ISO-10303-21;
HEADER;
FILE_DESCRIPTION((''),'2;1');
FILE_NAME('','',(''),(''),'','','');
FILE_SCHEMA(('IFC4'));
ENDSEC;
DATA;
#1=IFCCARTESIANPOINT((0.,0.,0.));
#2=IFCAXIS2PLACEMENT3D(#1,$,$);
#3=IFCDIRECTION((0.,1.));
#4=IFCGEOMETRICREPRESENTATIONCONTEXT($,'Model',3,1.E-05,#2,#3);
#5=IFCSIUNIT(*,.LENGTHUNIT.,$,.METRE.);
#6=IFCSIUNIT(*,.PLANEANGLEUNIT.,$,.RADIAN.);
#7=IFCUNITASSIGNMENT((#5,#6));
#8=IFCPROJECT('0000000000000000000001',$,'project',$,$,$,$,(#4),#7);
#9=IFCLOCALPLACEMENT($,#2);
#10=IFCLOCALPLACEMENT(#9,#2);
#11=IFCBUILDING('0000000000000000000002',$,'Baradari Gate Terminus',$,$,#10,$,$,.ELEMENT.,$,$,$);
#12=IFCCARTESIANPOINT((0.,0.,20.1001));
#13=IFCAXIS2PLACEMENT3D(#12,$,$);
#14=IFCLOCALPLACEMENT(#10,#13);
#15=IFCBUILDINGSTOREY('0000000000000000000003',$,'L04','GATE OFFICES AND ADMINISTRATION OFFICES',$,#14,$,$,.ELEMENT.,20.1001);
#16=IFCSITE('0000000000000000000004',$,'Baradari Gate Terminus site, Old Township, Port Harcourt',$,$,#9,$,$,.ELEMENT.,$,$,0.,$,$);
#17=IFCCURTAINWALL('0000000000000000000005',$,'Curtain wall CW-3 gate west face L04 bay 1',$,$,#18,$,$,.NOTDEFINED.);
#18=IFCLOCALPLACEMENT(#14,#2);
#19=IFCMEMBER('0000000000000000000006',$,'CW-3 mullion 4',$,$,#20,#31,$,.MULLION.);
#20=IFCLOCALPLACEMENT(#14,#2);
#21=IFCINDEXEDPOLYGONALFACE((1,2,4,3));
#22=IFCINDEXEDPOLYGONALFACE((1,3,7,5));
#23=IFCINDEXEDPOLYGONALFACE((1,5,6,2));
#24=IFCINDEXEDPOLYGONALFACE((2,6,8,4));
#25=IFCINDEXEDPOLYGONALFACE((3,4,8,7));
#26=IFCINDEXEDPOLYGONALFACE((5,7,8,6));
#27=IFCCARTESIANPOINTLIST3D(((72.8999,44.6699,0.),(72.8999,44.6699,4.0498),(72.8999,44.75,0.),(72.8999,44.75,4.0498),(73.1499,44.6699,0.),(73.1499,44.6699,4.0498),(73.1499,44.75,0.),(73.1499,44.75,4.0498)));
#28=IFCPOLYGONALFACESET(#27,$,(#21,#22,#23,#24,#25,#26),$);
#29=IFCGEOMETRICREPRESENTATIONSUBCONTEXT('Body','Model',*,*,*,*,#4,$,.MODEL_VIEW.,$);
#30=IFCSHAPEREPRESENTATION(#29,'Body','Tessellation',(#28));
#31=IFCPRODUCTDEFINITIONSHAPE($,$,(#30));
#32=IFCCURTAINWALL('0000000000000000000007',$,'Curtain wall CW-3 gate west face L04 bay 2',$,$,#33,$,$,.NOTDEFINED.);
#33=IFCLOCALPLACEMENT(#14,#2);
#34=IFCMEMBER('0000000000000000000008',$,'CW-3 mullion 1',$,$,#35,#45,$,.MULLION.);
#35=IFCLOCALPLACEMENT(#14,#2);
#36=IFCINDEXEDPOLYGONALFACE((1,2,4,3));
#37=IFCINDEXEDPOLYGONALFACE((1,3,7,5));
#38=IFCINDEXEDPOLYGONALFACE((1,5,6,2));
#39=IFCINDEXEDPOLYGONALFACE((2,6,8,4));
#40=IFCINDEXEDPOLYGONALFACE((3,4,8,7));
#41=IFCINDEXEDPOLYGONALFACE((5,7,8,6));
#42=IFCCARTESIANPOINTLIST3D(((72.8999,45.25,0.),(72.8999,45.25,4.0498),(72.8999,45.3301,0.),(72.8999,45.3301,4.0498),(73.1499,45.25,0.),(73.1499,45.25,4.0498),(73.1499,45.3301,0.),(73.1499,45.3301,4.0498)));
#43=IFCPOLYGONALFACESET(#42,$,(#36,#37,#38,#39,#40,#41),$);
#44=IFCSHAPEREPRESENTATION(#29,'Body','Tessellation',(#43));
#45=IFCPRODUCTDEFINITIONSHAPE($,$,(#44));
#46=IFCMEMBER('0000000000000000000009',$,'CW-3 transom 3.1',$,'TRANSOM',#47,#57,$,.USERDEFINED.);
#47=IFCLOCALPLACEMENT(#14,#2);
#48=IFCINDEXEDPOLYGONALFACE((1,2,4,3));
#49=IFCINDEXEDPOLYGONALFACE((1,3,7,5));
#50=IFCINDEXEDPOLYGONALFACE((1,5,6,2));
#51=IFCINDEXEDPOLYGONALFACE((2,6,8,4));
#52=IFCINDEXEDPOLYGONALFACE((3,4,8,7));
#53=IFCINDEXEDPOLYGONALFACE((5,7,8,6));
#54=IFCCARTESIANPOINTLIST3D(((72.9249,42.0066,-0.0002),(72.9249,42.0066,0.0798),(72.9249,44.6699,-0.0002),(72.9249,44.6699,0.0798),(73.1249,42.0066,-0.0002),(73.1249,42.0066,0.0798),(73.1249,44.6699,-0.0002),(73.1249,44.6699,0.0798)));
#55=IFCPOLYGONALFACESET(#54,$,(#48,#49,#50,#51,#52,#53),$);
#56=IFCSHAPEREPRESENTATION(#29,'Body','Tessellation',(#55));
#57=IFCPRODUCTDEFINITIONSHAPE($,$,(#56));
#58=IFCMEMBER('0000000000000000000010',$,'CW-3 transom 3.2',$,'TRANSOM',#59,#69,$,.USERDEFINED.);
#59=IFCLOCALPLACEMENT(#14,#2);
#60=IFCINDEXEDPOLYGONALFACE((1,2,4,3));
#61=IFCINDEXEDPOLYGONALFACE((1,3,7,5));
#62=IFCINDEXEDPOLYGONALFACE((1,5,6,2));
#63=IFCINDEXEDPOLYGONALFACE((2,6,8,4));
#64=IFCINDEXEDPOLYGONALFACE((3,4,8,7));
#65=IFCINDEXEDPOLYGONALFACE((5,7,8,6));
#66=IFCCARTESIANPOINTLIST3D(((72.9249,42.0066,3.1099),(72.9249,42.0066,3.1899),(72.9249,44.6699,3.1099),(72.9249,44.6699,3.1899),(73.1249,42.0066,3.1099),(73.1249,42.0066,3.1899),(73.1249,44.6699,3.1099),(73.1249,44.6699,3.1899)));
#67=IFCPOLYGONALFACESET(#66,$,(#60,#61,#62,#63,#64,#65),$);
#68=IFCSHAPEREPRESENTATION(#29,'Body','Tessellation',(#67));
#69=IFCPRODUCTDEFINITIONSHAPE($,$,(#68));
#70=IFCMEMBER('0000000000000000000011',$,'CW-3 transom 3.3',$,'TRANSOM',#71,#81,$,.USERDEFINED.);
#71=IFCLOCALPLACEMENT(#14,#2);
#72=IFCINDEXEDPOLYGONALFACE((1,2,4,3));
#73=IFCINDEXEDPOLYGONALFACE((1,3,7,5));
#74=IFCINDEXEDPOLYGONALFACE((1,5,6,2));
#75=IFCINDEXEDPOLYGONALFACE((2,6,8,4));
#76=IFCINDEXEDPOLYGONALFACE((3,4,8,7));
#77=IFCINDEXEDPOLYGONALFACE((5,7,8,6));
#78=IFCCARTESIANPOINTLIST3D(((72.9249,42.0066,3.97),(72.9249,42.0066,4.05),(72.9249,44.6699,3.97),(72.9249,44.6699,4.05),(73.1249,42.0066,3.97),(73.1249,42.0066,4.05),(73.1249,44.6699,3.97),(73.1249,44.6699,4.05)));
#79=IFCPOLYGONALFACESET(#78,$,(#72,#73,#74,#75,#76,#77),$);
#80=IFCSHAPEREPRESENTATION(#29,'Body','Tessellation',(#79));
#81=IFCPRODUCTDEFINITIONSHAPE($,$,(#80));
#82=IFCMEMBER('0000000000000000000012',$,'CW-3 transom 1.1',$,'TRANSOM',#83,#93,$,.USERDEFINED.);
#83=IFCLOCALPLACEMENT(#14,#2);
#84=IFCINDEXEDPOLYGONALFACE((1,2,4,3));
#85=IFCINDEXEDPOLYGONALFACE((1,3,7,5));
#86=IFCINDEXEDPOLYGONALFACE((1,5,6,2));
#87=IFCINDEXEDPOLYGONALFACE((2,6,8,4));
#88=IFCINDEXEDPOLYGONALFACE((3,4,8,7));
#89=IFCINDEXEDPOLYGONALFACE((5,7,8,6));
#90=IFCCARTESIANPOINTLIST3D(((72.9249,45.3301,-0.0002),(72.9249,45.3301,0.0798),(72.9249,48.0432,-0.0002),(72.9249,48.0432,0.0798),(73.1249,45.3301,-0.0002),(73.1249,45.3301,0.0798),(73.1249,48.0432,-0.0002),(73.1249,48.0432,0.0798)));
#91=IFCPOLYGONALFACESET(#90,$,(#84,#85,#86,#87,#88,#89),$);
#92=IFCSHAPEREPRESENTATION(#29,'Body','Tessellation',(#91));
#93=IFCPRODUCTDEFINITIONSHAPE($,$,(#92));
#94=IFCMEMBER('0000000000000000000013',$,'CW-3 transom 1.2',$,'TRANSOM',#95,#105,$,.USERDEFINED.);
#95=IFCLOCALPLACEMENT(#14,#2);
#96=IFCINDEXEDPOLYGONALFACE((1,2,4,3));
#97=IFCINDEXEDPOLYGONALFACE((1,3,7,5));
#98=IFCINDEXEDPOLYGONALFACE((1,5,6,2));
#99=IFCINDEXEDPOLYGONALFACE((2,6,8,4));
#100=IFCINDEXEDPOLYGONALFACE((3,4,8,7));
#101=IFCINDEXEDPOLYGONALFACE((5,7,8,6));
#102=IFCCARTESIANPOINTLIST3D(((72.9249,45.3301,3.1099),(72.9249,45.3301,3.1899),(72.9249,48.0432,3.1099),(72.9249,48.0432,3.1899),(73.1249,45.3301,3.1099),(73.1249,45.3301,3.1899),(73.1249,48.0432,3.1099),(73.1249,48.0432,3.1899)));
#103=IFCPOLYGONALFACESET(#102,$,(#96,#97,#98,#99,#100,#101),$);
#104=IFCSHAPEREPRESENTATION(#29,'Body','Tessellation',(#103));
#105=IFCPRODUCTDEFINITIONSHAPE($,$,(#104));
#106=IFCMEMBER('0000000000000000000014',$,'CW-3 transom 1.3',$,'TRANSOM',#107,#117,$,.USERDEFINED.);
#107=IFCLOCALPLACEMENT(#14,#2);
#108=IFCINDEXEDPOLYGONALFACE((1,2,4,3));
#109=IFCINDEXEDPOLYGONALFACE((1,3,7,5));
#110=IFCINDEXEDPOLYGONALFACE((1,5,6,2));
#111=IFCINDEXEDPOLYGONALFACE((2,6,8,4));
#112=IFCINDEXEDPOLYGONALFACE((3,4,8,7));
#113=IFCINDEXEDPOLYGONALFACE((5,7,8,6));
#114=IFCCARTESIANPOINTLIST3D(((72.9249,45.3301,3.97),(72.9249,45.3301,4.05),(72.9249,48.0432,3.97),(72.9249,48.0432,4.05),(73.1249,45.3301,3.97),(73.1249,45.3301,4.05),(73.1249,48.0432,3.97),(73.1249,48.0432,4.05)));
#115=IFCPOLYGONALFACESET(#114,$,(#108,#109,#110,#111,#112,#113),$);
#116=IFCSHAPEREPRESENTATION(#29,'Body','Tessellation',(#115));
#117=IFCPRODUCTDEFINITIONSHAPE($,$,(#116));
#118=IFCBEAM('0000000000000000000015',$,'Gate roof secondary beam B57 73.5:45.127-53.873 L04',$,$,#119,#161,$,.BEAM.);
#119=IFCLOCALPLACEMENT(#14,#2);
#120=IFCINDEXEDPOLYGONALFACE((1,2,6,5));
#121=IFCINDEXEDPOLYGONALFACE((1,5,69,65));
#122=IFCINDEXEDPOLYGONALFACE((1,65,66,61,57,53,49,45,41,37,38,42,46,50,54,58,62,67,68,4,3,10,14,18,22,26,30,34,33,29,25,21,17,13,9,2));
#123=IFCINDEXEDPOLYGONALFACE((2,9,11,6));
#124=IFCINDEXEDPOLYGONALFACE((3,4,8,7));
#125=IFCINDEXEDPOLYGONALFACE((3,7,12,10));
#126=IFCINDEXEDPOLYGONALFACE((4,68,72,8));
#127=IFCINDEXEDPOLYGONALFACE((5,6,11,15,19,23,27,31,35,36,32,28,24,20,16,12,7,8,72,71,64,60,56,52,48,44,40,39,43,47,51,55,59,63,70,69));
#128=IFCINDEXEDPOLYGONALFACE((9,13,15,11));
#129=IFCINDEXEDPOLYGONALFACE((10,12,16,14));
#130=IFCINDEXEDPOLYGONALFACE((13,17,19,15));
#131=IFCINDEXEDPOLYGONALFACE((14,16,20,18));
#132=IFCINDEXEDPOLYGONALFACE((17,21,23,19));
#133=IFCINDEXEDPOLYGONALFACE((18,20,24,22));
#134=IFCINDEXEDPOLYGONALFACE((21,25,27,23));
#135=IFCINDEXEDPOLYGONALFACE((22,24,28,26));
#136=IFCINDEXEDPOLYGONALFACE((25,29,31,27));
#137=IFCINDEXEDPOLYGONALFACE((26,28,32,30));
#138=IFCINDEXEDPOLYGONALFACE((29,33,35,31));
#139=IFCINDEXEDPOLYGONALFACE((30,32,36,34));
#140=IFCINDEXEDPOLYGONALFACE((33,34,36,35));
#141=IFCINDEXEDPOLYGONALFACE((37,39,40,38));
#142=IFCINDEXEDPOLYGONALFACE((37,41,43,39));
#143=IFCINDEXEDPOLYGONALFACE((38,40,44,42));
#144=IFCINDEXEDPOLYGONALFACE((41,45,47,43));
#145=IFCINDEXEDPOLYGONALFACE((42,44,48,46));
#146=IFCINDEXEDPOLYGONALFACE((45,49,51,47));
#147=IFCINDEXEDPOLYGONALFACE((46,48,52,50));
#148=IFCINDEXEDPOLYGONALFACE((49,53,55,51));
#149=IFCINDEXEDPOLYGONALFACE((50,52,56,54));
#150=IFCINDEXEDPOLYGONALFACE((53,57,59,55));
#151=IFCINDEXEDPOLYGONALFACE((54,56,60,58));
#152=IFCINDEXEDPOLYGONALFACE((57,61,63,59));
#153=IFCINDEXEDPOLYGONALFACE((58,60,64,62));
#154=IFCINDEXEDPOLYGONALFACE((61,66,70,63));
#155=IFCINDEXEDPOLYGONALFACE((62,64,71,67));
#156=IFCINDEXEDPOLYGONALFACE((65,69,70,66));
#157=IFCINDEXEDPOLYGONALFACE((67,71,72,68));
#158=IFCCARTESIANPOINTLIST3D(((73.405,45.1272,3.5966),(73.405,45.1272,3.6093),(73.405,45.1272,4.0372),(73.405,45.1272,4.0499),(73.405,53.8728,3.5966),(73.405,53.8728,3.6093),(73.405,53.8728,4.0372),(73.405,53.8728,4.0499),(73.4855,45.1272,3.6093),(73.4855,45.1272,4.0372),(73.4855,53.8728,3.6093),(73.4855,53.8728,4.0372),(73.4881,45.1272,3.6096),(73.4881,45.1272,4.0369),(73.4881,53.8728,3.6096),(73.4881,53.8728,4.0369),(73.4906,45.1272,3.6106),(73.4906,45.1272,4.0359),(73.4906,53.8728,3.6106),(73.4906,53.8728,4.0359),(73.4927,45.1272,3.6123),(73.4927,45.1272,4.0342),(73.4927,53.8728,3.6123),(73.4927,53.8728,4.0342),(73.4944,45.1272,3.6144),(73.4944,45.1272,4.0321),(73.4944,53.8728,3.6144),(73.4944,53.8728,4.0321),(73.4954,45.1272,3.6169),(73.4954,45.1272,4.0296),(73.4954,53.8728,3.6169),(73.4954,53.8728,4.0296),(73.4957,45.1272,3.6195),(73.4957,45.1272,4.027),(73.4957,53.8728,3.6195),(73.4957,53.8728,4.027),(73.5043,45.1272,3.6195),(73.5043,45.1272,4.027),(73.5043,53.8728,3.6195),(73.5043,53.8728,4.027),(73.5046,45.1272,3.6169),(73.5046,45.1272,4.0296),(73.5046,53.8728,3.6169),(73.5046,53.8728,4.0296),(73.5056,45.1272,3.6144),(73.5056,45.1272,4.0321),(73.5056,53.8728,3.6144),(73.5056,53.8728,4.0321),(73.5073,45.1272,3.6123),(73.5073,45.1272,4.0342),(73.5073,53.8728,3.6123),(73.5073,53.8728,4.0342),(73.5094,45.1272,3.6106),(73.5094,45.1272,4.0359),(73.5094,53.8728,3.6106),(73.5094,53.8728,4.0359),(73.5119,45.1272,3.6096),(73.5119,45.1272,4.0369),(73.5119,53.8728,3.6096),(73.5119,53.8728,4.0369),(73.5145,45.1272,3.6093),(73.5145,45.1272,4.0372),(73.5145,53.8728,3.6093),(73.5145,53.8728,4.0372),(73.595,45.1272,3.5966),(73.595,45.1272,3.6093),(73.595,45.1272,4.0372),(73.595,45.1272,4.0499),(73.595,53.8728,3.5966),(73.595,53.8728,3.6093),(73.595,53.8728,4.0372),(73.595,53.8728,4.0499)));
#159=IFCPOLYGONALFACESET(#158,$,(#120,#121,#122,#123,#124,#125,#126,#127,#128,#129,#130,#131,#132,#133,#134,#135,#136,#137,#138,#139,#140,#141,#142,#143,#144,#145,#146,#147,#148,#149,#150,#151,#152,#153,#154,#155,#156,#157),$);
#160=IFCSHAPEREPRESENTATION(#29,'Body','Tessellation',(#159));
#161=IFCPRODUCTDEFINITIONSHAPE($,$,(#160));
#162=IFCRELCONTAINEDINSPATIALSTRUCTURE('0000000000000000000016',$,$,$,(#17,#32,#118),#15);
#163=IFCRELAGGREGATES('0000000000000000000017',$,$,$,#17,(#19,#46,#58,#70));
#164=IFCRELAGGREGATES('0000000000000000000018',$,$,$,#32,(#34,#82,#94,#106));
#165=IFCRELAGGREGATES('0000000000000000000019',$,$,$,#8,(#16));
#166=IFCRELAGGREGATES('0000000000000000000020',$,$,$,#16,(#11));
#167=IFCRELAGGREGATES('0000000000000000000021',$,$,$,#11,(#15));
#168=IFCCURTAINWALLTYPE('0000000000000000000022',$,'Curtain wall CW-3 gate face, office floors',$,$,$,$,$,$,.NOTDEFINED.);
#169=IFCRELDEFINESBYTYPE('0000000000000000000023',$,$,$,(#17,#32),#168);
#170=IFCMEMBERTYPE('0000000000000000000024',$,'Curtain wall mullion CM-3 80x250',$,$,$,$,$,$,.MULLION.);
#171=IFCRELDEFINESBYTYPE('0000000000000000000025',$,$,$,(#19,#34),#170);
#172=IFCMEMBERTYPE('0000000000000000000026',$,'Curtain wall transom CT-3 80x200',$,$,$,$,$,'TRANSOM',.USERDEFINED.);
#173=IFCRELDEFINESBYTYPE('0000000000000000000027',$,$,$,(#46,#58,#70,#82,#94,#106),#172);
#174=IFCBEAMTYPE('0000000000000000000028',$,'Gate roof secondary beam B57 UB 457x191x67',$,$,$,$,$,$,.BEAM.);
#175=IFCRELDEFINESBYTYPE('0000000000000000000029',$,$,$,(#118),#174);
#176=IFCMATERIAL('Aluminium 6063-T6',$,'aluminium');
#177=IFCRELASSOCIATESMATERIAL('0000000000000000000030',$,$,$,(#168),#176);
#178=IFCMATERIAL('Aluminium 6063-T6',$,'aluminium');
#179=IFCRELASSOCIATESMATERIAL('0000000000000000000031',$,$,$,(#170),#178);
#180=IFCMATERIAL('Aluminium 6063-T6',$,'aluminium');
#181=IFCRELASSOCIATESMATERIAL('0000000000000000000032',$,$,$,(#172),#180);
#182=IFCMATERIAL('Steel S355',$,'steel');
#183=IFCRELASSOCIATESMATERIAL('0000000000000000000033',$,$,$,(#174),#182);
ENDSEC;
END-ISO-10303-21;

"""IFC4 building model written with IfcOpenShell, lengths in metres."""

from ifc_helpers import new_model, si_unit, direction, frame, origin, origin_2d, place, context, subcontext, project, spatial, rectangle, i_section, extrude, material, material_profile, profile_set, type_object, element, aggregate, save


model = new_model("IFC4")

# Units and contexts
model_context = context("Model", 3, precision=1e-05, world=origin(), true_north=direction((0.0, 1.0)))
body_context = subcontext(model_context, "Body", "Model", "MODEL_VIEW")
ifc_project = project(units=[si_unit("LENGTHUNIT", "METRE"), si_unit("PLANEANGLEUNIT", "RADIAN")], contexts=[model_context])

# Site, building, storey
site_placement = place(None, origin())
site = spatial("IfcSite", under=ifc_project, at=site_placement, Name="Baradari Gate Terminus site, Old Township, Port Harcourt", CompositionType="ELEMENT", RefElevation=0.0)
building_placement = place(site_placement, origin())
building = spatial("IfcBuilding", under=site, at=building_placement, Name="Baradari Gate Terminus", CompositionType="ELEMENT")
storey_placement = place(building_placement, frame((0.0, 0.0, 20.1001)))
storey = spatial("IfcBuildingStorey", under=building, at=storey_placement, Name="L04", Description="GATE OFFICES AND ADMINISTRATION OFFICES", CompositionType="ELEMENT", Elevation=20.1001)

# Curtain walls, members
ifc_material_1 = material(Name="Aluminium 6063-T6", Category="aluminium")
curtain_wall_type = type_object("IfcCurtainWallType", Name="Curtain wall CW-3 gate face, office floors", PredefinedType="NOTDEFINED", material=ifc_material_1)
curtain_wall_1_placement = place(storey_placement, origin())
curtain_wall_1 = element("IfcCurtainWall", 1, at=curtain_wall_1_placement, inside=storey, type_object=curtain_wall_type, Name="Curtain wall CW-3 gate west face L04 bay 1", PredefinedType="NOTDEFINED")
ifc_material_2 = material(Name="Aluminium 6063-T6", Category="aluminium")
ifc_material_profile_1 = material_profile(ifc_material_2, rectangle(XDim=0.25, YDim=0.0801, at=origin_2d()), Name="CM-3 80X250")
ifc_profile_set_1 = profile_set([ifc_material_profile_1], Name="Aluminium 6063-T6")
member_type_1 = type_object("IfcMemberType", Name="Curtain wall mullion CM-3 80x250", PredefinedType="MULLION", material=ifc_profile_set_1)
member_1_placement = place(storey_placement, frame((73.0249, 44.71, 0.0), z_axis=(0.0, 0.0, 1.0), x_axis=(-1.0, 0.0, 0.0)))
member_1 = element("IfcMember", 2, at=member_1_placement, type_object=member_type_1, Name="CW-3 mullion 4", PredefinedType="MULLION", context=body_context, shape_type="SweptSolid", body=[
    extrude(rectangle(XDim=0.25, YDim=0.0801, at=origin_2d()), origin(), (0.0, 0.0, 1.0), 4.0498),
])
curtain_wall_2_placement = place(storey_placement, origin())
curtain_wall_2 = element("IfcCurtainWall", 3, at=curtain_wall_2_placement, inside=storey, type_object=curtain_wall_type, Name="Curtain wall CW-3 gate west face L04 bay 2", PredefinedType="NOTDEFINED")
member_2_placement = place(storey_placement, frame((73.0249, 45.29, 0.0), z_axis=(0.0, 0.0, 1.0), x_axis=(-1.0, 0.0, 0.0)))
member_2 = element("IfcMember", 4, at=member_2_placement, type_object=member_type_1, Name="CW-3 mullion 1", PredefinedType="MULLION", context=body_context, shape_type="SweptSolid", body=[
    extrude(rectangle(XDim=0.25, YDim=0.0801, at=origin_2d()), origin(), (0.0, 0.0, 1.0), 4.0498),
])

# Members
ifc_material_3 = material(Name="Aluminium 6063-T6", Category="aluminium")
ifc_material_profile_2 = material_profile(ifc_material_3, rectangle(XDim=0.2, YDim=0.0801, at=origin_2d()), Name="CT-3 80X200")
ifc_profile_set_2 = profile_set([ifc_material_profile_2], Name="Aluminium 6063-T6")
member_type_2 = type_object("IfcMemberType", Name="Curtain wall transom CT-3 80x200", ElementType="TRANSOM", PredefinedType="USERDEFINED", material=ifc_profile_set_2)
member_3_placement = place(storey_placement, frame((73.0249, 42.0066, 0.0398), z_axis=(0.0, 1.0, 0.0), x_axis=(-1.0, 0.0, 0.0)))
member_3 = element("IfcMember", 5, at=member_3_placement, type_object=member_type_2, Name="CW-3 transom 3.1", ObjectType="TRANSOM", PredefinedType="USERDEFINED", context=body_context, shape_type="SweptSolid", body=[
    extrude(rectangle(XDim=0.2, YDim=0.0801, at=origin_2d()), origin(), (0.0, 0.0, 1.0), 2.6633),
])
member_4_placement = place(storey_placement, frame((73.0249, 42.0066, 3.1499), z_axis=(0.0, 1.0, 0.0), x_axis=(-1.0, 0.0, 0.0)))
member_4 = element("IfcMember", 6, at=member_4_placement, type_object=member_type_2, Name="CW-3 transom 3.2", ObjectType="TRANSOM", PredefinedType="USERDEFINED", context=body_context, shape_type="SweptSolid", body=[
    extrude(rectangle(XDim=0.2, YDim=0.0801, at=origin_2d()), origin(), (0.0, 0.0, 1.0), 2.6633),
])
member_5_placement = place(storey_placement, frame((73.0249, 42.0066, 4.01), z_axis=(0.0, 1.0, 0.0), x_axis=(-1.0, 0.0, 0.0)))
member_5 = element("IfcMember", 7, at=member_5_placement, type_object=member_type_2, Name="CW-3 transom 3.3", ObjectType="TRANSOM", PredefinedType="USERDEFINED", context=body_context, shape_type="SweptSolid", body=[
    extrude(rectangle(XDim=0.2, YDim=0.0801, at=origin_2d()), origin(), (0.0, 0.0, 1.0), 2.6633),
])
member_6_placement = place(storey_placement, frame((73.0249, 45.3301, 0.0398), z_axis=(0.0, 1.0, 0.0), x_axis=(-1.0, 0.0, 0.0)))
member_6 = element("IfcMember", 8, at=member_6_placement, type_object=member_type_2, Name="CW-3 transom 1.1", ObjectType="TRANSOM", PredefinedType="USERDEFINED", context=body_context, shape_type="SweptSolid", body=[
    extrude(rectangle(XDim=0.2, YDim=0.0801, at=origin_2d()), origin(), (0.0, 0.0, 1.0), 2.7131),
])
member_7_placement = place(storey_placement, frame((73.0249, 45.3301, 3.1499), z_axis=(0.0, 1.0, 0.0), x_axis=(-1.0, 0.0, 0.0)))
member_7 = element("IfcMember", 9, at=member_7_placement, type_object=member_type_2, Name="CW-3 transom 1.2", ObjectType="TRANSOM", PredefinedType="USERDEFINED", context=body_context, shape_type="SweptSolid", body=[
    extrude(rectangle(XDim=0.2, YDim=0.0801, at=origin_2d()), origin(), (0.0, 0.0, 1.0), 2.7131),
])
member_8_placement = place(storey_placement, frame((73.0249, 45.3301, 4.01), z_axis=(0.0, 1.0, 0.0), x_axis=(-1.0, 0.0, 0.0)))
member_8 = element("IfcMember", 10, at=member_8_placement, type_object=member_type_2, Name="CW-3 transom 1.3", ObjectType="TRANSOM", PredefinedType="USERDEFINED", context=body_context, shape_type="SweptSolid", body=[
    extrude(rectangle(XDim=0.2, YDim=0.0801, at=origin_2d()), origin(), (0.0, 0.0, 1.0), 2.7131),
])

# Beam
ifc_material_4 = material(Name="Steel S355", Category="steel")
ifc_material_profile_3 = material_profile(ifc_material_4, i_section(OverallWidth=0.1899, OverallDepth=0.4534, WebThickness=0.0085, FlangeThickness=0.0127, FilletRadius=0.0103, at=origin_2d()), Name="UB 457x191x67")
ifc_profile_set_3 = profile_set([ifc_material_profile_3], Name="Steel S355")
beam_type_1 = type_object("IfcBeamType", Name="Gate roof secondary beam B57 UB 457x191x67", PredefinedType="BEAM", material=ifc_profile_set_3)
for number, where, z_axis, x_axis, name in (
    (11, (73.5, 45.1272, 3.8232), (0.0, 1.0, 0.0), (-1.0, 0.0, 0.0), "Gate roof secondary beam B57 73.5:45.127-53.873 L04"),
):
    element("IfcBeam", number, at=place(storey_placement, frame(where, z_axis=z_axis, x_axis=x_axis)), inside=storey, type_object=beam_type_1, Name=name, PredefinedType="BEAM", context=body_context, shape_type="SweptSolid", body=[
        extrude(i_section(OverallWidth=0.1899, OverallDepth=0.4534, WebThickness=0.0085, FlangeThickness=0.0127, FilletRadius=0.0103, at=origin_2d()), origin(), (0.0, 0.0, 1.0), 8.7456),
    ])

aggregate(curtain_wall_1, [member_1, member_3, member_4, member_5])
aggregate(curtain_wall_2, [member_2, member_6, member_7, member_8])

save(model, "model.ifc")
